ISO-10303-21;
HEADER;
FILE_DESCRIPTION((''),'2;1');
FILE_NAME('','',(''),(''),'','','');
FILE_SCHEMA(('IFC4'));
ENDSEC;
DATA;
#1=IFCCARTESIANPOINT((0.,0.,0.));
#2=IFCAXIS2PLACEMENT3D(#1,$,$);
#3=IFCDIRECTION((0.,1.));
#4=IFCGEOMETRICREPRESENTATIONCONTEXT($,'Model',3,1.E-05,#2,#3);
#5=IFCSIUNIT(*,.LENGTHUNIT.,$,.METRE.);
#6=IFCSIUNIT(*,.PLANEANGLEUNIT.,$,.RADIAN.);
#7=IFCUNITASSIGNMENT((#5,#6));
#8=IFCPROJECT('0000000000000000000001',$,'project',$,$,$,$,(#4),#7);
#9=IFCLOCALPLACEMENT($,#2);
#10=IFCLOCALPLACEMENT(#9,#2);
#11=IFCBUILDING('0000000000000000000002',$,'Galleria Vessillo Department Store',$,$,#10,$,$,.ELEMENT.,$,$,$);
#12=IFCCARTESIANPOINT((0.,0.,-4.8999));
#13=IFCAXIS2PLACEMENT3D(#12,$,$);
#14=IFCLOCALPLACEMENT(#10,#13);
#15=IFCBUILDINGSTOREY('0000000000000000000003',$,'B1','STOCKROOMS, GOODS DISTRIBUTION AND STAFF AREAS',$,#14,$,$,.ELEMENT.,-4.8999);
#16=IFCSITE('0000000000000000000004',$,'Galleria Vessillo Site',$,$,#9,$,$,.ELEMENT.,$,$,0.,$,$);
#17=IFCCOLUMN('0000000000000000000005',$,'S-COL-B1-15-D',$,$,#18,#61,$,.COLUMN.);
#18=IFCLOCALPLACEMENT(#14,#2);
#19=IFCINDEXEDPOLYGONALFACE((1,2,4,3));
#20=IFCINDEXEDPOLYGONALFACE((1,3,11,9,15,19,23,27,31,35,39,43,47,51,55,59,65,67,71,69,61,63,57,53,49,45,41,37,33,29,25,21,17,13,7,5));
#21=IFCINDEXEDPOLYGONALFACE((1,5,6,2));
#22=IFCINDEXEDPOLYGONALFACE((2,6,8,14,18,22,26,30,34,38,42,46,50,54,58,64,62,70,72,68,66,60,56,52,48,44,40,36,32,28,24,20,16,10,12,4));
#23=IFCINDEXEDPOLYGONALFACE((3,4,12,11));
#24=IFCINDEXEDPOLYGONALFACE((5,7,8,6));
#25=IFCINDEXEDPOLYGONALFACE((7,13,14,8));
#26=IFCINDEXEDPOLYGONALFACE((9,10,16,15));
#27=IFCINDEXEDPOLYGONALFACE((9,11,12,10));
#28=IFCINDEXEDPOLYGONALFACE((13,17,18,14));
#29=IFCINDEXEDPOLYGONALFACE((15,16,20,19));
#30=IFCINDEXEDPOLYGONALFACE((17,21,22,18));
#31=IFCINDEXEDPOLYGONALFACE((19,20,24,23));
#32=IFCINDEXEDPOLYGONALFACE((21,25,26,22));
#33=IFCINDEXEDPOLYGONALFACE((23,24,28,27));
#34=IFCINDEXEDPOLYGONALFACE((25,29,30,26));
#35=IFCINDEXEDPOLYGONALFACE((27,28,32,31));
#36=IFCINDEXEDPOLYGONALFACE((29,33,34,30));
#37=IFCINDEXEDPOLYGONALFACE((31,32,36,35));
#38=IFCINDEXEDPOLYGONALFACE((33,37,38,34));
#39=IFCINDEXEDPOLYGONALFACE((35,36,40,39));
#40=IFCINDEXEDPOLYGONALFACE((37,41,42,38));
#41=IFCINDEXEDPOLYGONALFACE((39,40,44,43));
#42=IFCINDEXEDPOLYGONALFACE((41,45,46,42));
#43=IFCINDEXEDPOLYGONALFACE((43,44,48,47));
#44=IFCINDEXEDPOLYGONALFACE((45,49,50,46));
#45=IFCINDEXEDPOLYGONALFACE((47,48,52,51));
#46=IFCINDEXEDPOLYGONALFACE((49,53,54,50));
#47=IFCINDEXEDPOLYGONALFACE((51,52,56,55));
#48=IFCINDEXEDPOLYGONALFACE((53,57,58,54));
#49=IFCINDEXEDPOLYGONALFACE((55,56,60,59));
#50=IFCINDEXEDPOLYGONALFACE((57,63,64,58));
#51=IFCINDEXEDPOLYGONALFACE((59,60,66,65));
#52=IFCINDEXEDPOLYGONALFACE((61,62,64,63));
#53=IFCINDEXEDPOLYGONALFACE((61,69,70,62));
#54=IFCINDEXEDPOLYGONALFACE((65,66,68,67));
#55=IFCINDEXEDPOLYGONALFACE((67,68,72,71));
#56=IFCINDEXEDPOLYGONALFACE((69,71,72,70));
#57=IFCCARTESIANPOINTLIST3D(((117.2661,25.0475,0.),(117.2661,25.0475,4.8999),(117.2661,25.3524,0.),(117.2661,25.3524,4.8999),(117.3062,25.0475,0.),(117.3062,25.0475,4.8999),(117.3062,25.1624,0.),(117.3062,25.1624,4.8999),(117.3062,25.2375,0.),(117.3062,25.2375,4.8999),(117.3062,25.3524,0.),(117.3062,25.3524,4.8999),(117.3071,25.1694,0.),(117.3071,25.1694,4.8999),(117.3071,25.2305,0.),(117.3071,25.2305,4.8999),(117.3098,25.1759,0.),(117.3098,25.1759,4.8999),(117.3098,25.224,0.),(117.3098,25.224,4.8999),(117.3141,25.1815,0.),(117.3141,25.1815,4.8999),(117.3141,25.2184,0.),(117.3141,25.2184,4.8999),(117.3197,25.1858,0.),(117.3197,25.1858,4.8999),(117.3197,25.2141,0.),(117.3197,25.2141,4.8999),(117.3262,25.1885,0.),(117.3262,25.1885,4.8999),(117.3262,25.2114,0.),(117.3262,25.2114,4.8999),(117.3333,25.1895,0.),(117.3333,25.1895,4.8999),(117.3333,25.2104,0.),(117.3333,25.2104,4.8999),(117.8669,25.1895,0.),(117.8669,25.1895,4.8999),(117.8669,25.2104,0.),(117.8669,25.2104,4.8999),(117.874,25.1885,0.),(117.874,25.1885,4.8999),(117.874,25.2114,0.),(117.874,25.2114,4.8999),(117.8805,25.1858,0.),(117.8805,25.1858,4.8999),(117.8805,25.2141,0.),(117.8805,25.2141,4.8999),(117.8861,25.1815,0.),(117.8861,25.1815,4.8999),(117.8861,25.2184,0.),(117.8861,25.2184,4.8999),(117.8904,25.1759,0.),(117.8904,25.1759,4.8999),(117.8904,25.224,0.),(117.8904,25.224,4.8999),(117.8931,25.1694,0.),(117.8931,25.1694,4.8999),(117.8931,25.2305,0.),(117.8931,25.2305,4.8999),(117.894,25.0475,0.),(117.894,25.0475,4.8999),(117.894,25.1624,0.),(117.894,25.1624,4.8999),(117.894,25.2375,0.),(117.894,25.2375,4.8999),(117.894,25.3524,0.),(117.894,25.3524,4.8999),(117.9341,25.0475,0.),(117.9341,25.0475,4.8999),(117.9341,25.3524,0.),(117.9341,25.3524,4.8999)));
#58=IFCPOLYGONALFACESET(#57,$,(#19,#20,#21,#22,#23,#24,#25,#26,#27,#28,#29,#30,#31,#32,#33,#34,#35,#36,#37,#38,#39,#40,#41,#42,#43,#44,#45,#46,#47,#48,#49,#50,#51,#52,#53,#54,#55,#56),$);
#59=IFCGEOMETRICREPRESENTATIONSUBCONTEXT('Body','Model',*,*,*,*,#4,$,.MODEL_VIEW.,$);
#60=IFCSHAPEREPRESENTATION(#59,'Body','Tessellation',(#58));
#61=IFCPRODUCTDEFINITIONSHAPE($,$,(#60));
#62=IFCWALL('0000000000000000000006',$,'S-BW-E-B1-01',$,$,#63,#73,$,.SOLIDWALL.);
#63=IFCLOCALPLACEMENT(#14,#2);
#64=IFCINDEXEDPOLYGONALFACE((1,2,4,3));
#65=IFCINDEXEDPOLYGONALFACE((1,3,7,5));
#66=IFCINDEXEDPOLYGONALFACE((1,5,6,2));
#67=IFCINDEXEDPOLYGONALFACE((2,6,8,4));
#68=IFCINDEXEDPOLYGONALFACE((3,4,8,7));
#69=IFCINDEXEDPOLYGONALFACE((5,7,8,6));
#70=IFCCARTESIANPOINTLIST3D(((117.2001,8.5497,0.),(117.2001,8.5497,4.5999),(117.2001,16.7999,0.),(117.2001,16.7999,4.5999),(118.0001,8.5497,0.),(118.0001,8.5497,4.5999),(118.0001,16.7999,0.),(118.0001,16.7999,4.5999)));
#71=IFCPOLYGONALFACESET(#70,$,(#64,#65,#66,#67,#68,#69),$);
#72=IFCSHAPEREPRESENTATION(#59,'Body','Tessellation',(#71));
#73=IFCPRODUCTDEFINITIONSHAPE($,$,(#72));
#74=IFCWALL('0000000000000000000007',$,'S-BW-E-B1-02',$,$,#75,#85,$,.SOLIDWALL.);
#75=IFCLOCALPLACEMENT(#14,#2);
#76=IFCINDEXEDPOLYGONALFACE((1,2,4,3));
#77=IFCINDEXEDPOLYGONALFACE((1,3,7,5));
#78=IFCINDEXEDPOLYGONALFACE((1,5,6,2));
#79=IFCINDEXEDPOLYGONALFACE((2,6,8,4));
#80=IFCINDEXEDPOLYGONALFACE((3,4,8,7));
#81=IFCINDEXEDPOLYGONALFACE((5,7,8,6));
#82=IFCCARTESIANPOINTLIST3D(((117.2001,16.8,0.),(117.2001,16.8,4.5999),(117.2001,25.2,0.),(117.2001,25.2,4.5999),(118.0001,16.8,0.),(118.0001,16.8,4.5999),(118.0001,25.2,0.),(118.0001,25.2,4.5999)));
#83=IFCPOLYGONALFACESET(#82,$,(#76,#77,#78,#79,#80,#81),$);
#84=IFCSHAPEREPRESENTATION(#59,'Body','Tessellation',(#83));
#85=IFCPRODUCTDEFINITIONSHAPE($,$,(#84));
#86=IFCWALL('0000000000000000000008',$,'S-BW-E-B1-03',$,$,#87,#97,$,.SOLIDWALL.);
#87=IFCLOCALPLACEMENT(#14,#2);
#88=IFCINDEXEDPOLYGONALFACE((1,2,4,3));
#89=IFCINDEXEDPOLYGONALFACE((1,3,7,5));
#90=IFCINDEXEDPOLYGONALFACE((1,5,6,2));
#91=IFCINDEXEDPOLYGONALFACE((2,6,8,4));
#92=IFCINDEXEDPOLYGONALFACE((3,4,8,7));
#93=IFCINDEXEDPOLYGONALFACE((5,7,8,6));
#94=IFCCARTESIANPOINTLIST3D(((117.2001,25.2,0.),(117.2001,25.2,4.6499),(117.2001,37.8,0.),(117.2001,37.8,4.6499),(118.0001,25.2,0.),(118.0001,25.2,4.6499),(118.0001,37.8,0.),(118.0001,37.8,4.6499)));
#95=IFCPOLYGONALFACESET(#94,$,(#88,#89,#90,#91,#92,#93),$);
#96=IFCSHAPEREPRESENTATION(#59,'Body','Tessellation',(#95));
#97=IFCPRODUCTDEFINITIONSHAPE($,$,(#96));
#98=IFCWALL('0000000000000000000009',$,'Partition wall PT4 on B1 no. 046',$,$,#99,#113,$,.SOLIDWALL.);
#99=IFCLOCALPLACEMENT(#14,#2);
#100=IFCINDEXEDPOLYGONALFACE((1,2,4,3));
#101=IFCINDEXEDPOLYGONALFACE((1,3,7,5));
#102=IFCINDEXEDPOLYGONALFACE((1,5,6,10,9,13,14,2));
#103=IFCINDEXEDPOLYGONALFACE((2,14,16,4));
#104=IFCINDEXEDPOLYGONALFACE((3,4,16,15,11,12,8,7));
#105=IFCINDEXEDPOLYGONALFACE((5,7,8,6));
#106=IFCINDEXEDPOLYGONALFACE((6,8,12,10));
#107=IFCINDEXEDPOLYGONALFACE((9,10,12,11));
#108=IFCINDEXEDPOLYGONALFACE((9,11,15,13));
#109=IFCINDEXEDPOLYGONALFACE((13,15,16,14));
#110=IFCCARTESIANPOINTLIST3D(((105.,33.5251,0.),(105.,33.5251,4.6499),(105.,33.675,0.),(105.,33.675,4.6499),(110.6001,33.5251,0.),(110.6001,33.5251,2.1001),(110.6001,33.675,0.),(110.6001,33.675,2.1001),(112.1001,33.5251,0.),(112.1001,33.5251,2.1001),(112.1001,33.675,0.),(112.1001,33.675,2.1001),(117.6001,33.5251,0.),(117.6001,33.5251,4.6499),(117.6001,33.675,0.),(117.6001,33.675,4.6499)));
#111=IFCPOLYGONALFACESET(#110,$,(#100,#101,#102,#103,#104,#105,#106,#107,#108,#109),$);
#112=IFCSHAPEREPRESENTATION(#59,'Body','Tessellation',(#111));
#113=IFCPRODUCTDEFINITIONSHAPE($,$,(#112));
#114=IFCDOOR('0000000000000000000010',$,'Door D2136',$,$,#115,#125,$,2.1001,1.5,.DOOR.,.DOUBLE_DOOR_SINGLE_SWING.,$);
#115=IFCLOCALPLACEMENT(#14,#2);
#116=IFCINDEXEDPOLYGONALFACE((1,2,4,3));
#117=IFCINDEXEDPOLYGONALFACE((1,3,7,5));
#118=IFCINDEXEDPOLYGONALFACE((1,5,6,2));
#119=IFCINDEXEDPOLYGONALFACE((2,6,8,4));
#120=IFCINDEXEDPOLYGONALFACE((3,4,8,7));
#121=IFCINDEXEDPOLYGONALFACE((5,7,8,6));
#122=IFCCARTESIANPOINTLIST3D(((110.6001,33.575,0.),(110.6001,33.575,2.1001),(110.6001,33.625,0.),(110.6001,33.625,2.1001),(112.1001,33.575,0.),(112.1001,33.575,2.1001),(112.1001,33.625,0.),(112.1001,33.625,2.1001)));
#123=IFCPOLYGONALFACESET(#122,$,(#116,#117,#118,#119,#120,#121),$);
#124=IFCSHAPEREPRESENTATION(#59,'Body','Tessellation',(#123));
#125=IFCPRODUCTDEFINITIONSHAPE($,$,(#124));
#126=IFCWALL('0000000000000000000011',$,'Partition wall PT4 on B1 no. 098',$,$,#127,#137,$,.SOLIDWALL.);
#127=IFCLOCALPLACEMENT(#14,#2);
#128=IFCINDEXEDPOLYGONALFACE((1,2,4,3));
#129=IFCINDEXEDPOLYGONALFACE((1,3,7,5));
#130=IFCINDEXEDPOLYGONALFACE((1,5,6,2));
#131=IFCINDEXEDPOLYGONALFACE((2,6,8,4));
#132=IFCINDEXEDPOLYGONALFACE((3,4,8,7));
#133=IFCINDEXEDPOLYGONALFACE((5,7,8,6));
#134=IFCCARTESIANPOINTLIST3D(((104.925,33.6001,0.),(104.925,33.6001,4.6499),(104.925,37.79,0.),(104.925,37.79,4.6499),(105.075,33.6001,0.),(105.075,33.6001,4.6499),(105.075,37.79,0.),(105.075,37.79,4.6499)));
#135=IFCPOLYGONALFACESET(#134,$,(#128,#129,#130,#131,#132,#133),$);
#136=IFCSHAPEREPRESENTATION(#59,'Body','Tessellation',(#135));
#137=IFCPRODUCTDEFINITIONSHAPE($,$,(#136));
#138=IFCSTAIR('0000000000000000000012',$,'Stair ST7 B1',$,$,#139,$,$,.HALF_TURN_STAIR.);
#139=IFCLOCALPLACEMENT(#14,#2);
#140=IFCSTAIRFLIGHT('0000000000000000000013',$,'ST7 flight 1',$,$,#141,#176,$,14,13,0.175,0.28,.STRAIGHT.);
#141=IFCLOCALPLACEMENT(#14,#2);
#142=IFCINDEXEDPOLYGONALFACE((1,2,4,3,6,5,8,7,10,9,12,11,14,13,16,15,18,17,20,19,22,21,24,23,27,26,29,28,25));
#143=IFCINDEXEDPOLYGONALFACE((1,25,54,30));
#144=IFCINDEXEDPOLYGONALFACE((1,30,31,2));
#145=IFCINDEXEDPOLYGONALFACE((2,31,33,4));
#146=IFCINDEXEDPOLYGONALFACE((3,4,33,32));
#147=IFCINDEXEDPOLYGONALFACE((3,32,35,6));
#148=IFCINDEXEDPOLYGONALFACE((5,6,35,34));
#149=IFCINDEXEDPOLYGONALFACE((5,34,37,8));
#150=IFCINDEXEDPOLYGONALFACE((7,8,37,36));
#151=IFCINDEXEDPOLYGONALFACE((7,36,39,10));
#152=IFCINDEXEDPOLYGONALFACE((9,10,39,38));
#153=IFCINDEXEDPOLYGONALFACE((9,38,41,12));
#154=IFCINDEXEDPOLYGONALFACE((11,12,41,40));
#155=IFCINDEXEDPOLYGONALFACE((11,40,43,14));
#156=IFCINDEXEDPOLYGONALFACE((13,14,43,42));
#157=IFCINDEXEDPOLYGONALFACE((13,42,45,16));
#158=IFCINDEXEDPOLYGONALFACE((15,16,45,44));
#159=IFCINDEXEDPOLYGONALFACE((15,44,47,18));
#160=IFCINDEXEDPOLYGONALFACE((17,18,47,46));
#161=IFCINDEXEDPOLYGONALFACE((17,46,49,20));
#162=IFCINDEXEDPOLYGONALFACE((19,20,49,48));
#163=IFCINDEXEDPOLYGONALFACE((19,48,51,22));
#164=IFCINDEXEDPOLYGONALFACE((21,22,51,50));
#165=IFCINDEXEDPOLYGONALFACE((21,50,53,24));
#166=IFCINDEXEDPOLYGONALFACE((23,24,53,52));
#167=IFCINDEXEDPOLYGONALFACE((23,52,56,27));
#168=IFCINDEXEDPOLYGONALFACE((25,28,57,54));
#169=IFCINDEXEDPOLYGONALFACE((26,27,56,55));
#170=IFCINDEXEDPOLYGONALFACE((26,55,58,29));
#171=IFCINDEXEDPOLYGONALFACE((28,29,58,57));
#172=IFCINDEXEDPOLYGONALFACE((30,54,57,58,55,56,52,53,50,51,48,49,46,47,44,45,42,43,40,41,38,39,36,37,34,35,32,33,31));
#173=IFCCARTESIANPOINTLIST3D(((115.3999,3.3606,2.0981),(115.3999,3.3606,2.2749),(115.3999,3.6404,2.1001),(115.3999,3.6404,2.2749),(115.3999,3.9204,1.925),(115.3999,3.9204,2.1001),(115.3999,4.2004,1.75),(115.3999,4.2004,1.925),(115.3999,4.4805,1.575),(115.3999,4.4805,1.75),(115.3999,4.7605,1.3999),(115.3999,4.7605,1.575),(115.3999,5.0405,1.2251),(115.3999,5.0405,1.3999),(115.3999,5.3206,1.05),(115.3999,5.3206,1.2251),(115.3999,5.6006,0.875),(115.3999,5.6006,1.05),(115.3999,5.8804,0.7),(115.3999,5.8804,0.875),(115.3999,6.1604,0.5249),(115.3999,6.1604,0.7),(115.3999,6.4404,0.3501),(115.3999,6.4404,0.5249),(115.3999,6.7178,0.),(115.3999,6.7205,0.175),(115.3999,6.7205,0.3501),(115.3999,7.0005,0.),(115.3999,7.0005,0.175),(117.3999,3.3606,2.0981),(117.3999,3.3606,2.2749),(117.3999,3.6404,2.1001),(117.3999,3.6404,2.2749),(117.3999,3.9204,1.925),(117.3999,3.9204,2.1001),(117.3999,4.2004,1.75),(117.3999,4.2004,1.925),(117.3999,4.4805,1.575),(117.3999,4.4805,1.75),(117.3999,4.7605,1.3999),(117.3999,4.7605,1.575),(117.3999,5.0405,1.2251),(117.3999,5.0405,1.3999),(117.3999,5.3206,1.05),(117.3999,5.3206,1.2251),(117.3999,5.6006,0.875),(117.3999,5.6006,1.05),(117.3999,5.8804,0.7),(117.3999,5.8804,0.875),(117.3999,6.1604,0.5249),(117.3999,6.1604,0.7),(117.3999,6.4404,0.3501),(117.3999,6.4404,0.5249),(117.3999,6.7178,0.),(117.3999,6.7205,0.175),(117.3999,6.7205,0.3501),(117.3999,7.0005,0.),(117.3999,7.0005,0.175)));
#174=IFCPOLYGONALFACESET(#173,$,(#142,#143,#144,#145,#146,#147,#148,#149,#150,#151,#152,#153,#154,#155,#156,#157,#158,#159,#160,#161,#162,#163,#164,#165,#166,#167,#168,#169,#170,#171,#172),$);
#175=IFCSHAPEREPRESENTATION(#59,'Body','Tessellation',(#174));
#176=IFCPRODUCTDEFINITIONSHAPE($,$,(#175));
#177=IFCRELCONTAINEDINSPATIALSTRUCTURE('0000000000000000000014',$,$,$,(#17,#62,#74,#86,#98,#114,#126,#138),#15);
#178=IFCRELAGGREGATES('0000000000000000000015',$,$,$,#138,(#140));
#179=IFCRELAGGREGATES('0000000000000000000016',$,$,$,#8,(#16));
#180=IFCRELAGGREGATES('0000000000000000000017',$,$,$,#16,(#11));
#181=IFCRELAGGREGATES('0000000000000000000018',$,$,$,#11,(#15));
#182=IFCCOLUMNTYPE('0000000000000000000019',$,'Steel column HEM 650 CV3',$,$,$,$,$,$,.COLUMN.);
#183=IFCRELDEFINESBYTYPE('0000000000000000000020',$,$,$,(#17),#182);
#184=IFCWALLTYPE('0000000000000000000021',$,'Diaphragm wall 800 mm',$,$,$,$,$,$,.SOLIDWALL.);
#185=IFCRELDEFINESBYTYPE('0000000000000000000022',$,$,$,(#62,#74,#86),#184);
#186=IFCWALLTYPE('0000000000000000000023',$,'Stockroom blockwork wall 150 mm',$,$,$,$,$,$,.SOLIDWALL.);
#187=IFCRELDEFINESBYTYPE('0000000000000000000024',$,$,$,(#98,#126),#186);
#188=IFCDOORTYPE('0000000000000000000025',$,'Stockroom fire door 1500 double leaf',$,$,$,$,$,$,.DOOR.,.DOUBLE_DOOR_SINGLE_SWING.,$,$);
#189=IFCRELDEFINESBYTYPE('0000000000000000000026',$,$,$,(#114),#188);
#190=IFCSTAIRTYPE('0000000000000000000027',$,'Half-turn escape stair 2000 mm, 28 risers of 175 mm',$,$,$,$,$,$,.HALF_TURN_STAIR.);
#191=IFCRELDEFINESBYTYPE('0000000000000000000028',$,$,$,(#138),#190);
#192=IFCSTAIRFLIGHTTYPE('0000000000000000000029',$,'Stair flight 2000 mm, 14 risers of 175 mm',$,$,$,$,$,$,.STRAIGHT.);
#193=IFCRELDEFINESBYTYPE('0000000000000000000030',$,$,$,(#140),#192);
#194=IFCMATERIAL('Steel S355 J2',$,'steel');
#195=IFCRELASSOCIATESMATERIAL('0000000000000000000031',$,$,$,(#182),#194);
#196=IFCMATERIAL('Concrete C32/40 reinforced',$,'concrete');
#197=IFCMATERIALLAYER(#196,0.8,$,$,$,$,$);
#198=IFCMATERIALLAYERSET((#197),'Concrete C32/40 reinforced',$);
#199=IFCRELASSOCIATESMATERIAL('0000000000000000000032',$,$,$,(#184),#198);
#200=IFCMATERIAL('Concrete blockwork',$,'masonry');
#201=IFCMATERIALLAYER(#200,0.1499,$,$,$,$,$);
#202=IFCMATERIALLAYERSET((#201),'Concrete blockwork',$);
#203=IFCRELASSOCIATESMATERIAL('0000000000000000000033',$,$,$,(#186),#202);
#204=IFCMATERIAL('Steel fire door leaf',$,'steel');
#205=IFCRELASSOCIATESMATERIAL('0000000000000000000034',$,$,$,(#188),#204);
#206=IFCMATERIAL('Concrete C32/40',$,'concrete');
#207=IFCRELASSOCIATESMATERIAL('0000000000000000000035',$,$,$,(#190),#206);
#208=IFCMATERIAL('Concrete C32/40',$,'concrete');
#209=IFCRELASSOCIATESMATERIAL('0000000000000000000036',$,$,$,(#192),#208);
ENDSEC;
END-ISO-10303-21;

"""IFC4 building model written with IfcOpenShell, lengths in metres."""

from ifc_helpers import new_model, si_unit, direction, frame, frame_2d, origin, origin_2d, place, context, subcontext, project, spatial, polyline, rectangle, i_section, outline, extrude, material, layer, layer_set, material_profile, profile_set, type_object, element, fill, aggregate, save


model = new_model("IFC4")

# Units and contexts
model_context = context("Model", 3, precision=1e-05, world=origin(), true_north=direction((0.0, 1.0)))
body_context = subcontext(model_context, "Body", "Model", "MODEL_VIEW")
ifc_project = project(units=[si_unit("LENGTHUNIT", "METRE"), si_unit("PLANEANGLEUNIT", "RADIAN")], contexts=[model_context])

# Site, building, storey
site_placement = place(None, origin())
site = spatial("IfcSite", under=ifc_project, at=site_placement, Name="Galleria Vessillo Site", CompositionType="ELEMENT", RefElevation=0.0)
building_placement = place(site_placement, origin())
building = spatial("IfcBuilding", under=site, at=building_placement, Name="Galleria Vessillo Department Store", CompositionType="ELEMENT")
storey_placement = place(building_placement, frame((0.0, 0.0, -4.8999)))
storey = spatial("IfcBuildingStorey", under=building, at=storey_placement, Name="B1", Description="STOCKROOMS, GOODS DISTRIBUTION AND STAFF AREAS", CompositionType="ELEMENT", Elevation=-4.8999)

# Column
ifc_material_1 = material(Name="Steel S355 J2", Category="steel")
ifc_material_profile_1 = material_profile(ifc_material_1, i_section(OverallWidth=0.3049, OverallDepth=0.668, WebThickness=0.021, FlangeThickness=0.04, FilletRadius=0.0271, at=origin_2d()), Name="HEM 650")
ifc_profile_set_1 = profile_set([ifc_material_profile_1], Name="Steel S355 J2")
column_type_1 = type_object("IfcColumnType", Name="Steel column HEM 650 CV3", PredefinedType="COLUMN", material=ifc_profile_set_1)
for number, where, z_axis, x_axis, name in (
    (1, (117.6001, 25.2, 0.0), (0.0, 0.0, 1.0), (0.0, 1.0, 0.0), "S-COL-B1-15-D"),
):
    element("IfcColumn", number, at=place(storey_placement, frame(where, z_axis=z_axis, x_axis=x_axis)), inside=storey, type_object=column_type_1, Name=name, PredefinedType="COLUMN", context=body_context, shape_type="SweptSolid", body=[
        extrude(i_section(OverallWidth=0.3049, OverallDepth=0.668, WebThickness=0.021, FlangeThickness=0.04, FilletRadius=0.0271, at=origin_2d()), origin(), (0.0, 0.0, 1.0), 4.8999),
    ])

# Walls
ifc_material_2 = material(Name="Concrete C32/40 reinforced", Category="concrete")
ifc_layer_1 = layer(ifc_material_2, 0.8)
ifc_layer_set_1 = layer_set([ifc_layer_1], Name="Concrete C32/40 reinforced")
wall_type_1 = type_object("IfcWallType", Name="Diaphragm wall 800 mm", PredefinedType="SOLIDWALL", material=ifc_layer_set_1)
wall_1_placement = place(storey_placement, frame((117.6001, 8.5498, 0.0), z_axis=(0.0, 0.0, 1.0), x_axis=(0.0, 1.0, 0.0)))
element("IfcWall", 2, at=wall_1_placement, inside=storey, type_object=wall_type_1, Name="S-BW-E-B1-01", PredefinedType="SOLIDWALL", context=body_context, shape_type="SweptSolid", body=[
    extrude(rectangle(XDim=8.2502, YDim=0.8, at=frame_2d((4.125, 0.0))), origin(), (0.0, 0.0, 1.0), 4.5999),
])
wall_2_placement = place(storey_placement, frame((117.6001, 16.8, 0.0), z_axis=(0.0, 0.0, 1.0), x_axis=(0.0, 1.0, 0.0)))
element("IfcWall", 3, at=wall_2_placement, inside=storey, type_object=wall_type_1, Name="S-BW-E-B1-02", PredefinedType="SOLIDWALL", context=body_context, shape_type="SweptSolid", body=[
    extrude(rectangle(XDim=8.3999, YDim=0.8, at=frame_2d((4.2, 0.0))), origin(), (0.0, 0.0, 1.0), 4.5999),
])
wall_3_placement = place(storey_placement, frame((117.6001, 25.2, 0.0), z_axis=(0.0, 0.0, 1.0), x_axis=(0.0, 1.0, 0.0)))
element("IfcWall", 4, at=wall_3_placement, inside=storey, type_object=wall_type_1, Name="S-BW-E-B1-03", PredefinedType="SOLIDWALL", context=body_context, shape_type="SweptSolid", body=[
    extrude(rectangle(XDim=12.6001, YDim=0.8, at=frame_2d((6.3, 0.0))), origin(), (0.0, 0.0, 1.0), 4.6499),
])

# Wall, opening, door
ifc_material_3 = material(Name="Concrete blockwork", Category="masonry")
ifc_layer_2 = layer(ifc_material_3, 0.1499)
ifc_layer_set_2 = layer_set([ifc_layer_2], Name="Concrete blockwork")
wall_type_2 = type_object("IfcWallType", Name="Stockroom blockwork wall 150 mm", PredefinedType="SOLIDWALL", material=ifc_layer_set_2)
wall_4_placement = place(storey_placement, frame((105.0, 33.6001, 0.0), z_axis=(0.0, 0.0, 1.0), x_axis=(1.0, 0.0, 0.0)))
wall_4 = element("IfcWall", 5, at=wall_4_placement, inside=storey, type_object=wall_type_2, Name="Partition wall PT4 on B1 no. 046", PredefinedType="SOLIDWALL", context=body_context, shape_type="SweptSolid", body=[
    extrude(rectangle(XDim=12.6001, YDim=0.1499, at=frame_2d((6.3, 0.0))), origin(), (0.0, 0.0, 1.0), 4.6499),
])
opening_1_placement = place(wall_4_placement, frame((5.6001, 0.0, 0.0)))
opening_1 = element("IfcOpeningElement", 6, at=opening_1_placement, cuts=wall_4, PredefinedType="OPENING", context=body_context, shape_type="SweptSolid", body=[
    extrude(rectangle(XDim=1.5, YDim=2.1001, at=frame_2d((0.75, 1.05))), frame((0.0, 0.085, 0.0), z_axis=(0.0, -1.0, 0.0), x_axis=(1.0, 0.0, 0.0)), (0.0, 0.0, 1.0), 0.1699),
])
ifc_material_4 = material(Name="Steel fire door leaf", Category="steel")
door_type_1 = type_object("IfcDoorType", Name="Stockroom fire door 1500 double leaf", OperationType="DOUBLE_DOOR_SINGLE_SWING", PredefinedType="DOOR", material=ifc_material_4)
door_1_placement = place(opening_1_placement, origin())
door_1 = element("IfcDoor", 7, at=door_1_placement, inside=storey, type_object=door_type_1, Name="Door D2136", OperationType="DOUBLE_DOOR_SINGLE_SWING", OverallHeight=2.1001, OverallWidth=1.5, PredefinedType="DOOR", context=body_context, shape_type="SweptSolid", body=[
    extrude(rectangle(XDim=1.5, YDim=2.1001, at=frame_2d((0.75, 1.05))), frame((0.0, 0.0249, 0.0), z_axis=(0.0, -1.0, 0.0), x_axis=(1.0, 0.0, 0.0)), (0.0, 0.0, 1.0), 0.05),
])
fill(opening_1, door_1)

# Wall
wall_5_placement = place(storey_placement, frame((105.0, 33.6001, 0.0), z_axis=(0.0, 0.0, 1.0), x_axis=(0.0, 1.0, 0.0)))
element("IfcWall", 8, at=wall_5_placement, inside=storey, type_object=wall_type_2, Name="Partition wall PT4 on B1 no. 098", PredefinedType="SOLIDWALL", context=body_context, shape_type="SweptSolid", body=[
    extrude(rectangle(XDim=4.1899, YDim=0.1499, at=frame_2d((2.095, 0.0))), origin(), (0.0, 0.0, 1.0), 4.6499),
])

# Stair, stair flight
ifc_material_5 = material(Name="Concrete C32/40", Category="concrete")
stair_type = type_object("IfcStairType", Name="Half-turn escape stair 2000 mm, 28 risers of 175 mm", PredefinedType="HALF_TURN_STAIR", material=ifc_material_5)
stair_placement = place(storey_placement, origin())
stair = element("IfcStair", 9, at=stair_placement, inside=storey, type_object=stair_type, Name="Stair ST7 B1", PredefinedType="HALF_TURN_STAIR")
ifc_material_6 = material(Name="Concrete C32/40", Category="concrete")
stair_flight_type = type_object("IfcStairFlightType", Name="Stair flight 2000 mm, 14 risers of 175 mm", PredefinedType="STRAIGHT", material=ifc_material_6)
stair_flight_placement = place(storey_placement, frame((116.3999, 7.0005, 0.0), z_axis=(0.0, 0.0, 1.0), x_axis=(0.0, -1.0, 0.0)))
stair_flight = element("IfcStairFlight", 10, at=stair_flight_placement, type_object=stair_flight_type, Name="ST7 flight 1", NumberOfRisers=14, NumberOfTreads=13, PredefinedType="STRAIGHT", RiserHeight=0.175, TreadLength=0.28, context=body_context, shape_type="SweptSolid", body=[
    extrude(outline(polyline([(0.0, 0.0), (0.0, 0.175), (0.28, 0.175), (0.28, 0.3501), (0.5601, 0.3501), (0.5601, 0.5249), (0.8401, 0.5249), (0.8401, 0.7), (1.1201, 0.7), (1.1201, 0.875), (1.3999, 0.875), (1.3999, 1.05), (1.6799, 1.05), (1.6799, 1.2251), (1.96, 1.2251), (1.96, 1.3999), (2.24, 1.3999), (2.24, 1.575), (2.52, 1.575), (2.52, 1.75), (2.8, 1.75), (2.8, 1.925), (3.0801, 1.925), (3.0801, 2.1001), (3.3601, 2.1001), (3.3601, 2.2749), (3.6399, 2.2749), (3.6399, 2.45), (3.6399, 2.0981), (0.2827, 0.0), (0.0, 0.0)])), frame((0.0, 1.0, 0.0), z_axis=(0.0, -1.0, 0.0), x_axis=(1.0, 0.0, 0.0)), (0.0, 0.0, 1.0), 2.0),
])
aggregate(stair, [stair_flight])

save(model, "model.ifc")
